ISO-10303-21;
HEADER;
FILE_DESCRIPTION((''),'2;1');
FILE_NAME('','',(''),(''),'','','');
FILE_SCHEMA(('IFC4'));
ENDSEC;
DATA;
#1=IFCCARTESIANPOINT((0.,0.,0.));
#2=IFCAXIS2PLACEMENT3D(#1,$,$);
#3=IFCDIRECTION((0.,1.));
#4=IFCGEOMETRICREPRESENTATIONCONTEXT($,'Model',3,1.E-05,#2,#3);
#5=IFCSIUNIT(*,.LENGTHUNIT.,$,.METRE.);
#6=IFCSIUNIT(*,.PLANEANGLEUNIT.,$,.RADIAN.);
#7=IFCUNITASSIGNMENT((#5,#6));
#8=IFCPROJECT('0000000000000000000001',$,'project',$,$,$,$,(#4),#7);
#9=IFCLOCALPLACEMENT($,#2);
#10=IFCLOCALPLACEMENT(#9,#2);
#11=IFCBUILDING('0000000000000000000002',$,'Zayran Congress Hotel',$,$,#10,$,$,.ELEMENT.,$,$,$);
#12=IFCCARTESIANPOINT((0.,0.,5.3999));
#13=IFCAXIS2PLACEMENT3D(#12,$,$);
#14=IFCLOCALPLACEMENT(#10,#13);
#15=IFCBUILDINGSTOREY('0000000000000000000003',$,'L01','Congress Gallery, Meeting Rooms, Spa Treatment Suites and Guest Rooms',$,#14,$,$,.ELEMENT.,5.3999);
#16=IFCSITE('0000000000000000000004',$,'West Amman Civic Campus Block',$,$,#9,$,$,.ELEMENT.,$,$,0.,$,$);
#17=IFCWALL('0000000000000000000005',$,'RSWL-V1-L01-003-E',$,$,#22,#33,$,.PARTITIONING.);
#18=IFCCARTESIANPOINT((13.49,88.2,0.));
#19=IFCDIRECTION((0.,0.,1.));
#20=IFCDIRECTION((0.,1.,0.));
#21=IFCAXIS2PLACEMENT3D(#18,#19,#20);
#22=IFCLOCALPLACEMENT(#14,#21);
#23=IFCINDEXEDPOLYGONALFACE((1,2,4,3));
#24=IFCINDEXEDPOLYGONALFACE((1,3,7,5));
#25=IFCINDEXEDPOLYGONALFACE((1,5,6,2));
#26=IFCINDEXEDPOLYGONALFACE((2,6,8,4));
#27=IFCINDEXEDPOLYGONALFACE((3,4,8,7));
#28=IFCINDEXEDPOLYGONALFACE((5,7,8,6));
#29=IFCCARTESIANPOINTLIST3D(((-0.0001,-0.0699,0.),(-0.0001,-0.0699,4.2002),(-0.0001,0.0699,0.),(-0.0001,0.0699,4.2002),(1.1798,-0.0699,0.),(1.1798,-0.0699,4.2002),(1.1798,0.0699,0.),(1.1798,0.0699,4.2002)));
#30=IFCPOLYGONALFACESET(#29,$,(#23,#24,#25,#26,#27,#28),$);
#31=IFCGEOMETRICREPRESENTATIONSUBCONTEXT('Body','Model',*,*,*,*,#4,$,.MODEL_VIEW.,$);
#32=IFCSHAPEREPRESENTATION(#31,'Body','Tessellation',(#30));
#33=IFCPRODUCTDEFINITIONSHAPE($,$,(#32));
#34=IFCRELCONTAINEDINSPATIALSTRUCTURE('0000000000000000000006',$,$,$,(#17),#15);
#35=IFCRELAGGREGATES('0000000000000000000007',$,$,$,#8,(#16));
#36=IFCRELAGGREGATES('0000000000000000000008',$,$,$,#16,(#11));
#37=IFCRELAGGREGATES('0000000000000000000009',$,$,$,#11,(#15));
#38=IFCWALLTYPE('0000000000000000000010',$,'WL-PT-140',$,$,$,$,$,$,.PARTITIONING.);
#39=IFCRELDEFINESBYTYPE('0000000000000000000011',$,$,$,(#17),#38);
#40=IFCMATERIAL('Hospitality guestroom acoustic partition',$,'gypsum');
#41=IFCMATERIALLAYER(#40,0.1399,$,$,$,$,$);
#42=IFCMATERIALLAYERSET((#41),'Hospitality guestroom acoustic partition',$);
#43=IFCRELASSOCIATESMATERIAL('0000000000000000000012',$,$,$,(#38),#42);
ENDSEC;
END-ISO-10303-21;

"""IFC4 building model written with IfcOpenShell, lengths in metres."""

from ifc_helpers import new_model, si_unit, direction, frame, frame_2d, origin, place, context, subcontext, project, spatial, rectangle, extrude, material, layer, layer_set, type_object, element, save


model = new_model("IFC4")

# Units and contexts
model_context = context("Model", 3, precision=1e-05, world=origin(), true_north=direction((0.0, 1.0)))
body_context = subcontext(model_context, "Body", "Model", "MODEL_VIEW")
ifc_project = project(units=[si_unit("LENGTHUNIT", "METRE"), si_unit("PLANEANGLEUNIT", "RADIAN")], contexts=[model_context])

# Site, building, storey
site_placement = place(None, origin())
site = spatial("IfcSite", under=ifc_project, at=site_placement, Name="West Amman Civic Campus Block", CompositionType="ELEMENT", RefElevation=0.0)
building_placement = place(site_placement, origin())
building = spatial("IfcBuilding", under=site, at=building_placement, Name="Zayran Congress Hotel", CompositionType="ELEMENT")
storey_placement = place(building_placement, frame((0.0, 0.0, 5.3999)))
storey = spatial("IfcBuildingStorey", under=building, at=storey_placement, Name="L01", Description="Congress Gallery, Meeting Rooms, Spa Treatment Suites and Guest Rooms", CompositionType="ELEMENT", Elevation=5.3999)

# Wall
ifc_material_1 = material(Name="Hospitality guestroom acoustic partition", Category="gypsum")
ifc_layer_1 = layer(ifc_material_1, 0.1399)
ifc_layer_set_1 = layer_set([ifc_layer_1], Name="Hospitality guestroom acoustic partition")
wall_type_1 = type_object("IfcWallType", Name="WL-PT-140", PredefinedType="PARTITIONING", material=ifc_layer_set_1)
for number, where, z_axis, x_axis, name in (
    (1, (13.49, 88.2, 0.0), (0.0, 0.0, 1.0), (0.0, 1.0, 0.0), "RSWL-V1-L01-003-E"),
):
    element("IfcWall", number, at=place(storey_placement, frame(where, z_axis=z_axis, x_axis=x_axis)), inside=storey, type_object=wall_type_1, Name=name, PredefinedType="PARTITIONING", context=body_context, shape_type="SweptSolid", body=[
        extrude(rectangle(XDim=1.1799, YDim=0.1399, at=frame_2d((0.5898, 0.0))), origin(), (0.0, 0.0, 1.0), 4.2002),
    ])

save(model, "model.ifc")
